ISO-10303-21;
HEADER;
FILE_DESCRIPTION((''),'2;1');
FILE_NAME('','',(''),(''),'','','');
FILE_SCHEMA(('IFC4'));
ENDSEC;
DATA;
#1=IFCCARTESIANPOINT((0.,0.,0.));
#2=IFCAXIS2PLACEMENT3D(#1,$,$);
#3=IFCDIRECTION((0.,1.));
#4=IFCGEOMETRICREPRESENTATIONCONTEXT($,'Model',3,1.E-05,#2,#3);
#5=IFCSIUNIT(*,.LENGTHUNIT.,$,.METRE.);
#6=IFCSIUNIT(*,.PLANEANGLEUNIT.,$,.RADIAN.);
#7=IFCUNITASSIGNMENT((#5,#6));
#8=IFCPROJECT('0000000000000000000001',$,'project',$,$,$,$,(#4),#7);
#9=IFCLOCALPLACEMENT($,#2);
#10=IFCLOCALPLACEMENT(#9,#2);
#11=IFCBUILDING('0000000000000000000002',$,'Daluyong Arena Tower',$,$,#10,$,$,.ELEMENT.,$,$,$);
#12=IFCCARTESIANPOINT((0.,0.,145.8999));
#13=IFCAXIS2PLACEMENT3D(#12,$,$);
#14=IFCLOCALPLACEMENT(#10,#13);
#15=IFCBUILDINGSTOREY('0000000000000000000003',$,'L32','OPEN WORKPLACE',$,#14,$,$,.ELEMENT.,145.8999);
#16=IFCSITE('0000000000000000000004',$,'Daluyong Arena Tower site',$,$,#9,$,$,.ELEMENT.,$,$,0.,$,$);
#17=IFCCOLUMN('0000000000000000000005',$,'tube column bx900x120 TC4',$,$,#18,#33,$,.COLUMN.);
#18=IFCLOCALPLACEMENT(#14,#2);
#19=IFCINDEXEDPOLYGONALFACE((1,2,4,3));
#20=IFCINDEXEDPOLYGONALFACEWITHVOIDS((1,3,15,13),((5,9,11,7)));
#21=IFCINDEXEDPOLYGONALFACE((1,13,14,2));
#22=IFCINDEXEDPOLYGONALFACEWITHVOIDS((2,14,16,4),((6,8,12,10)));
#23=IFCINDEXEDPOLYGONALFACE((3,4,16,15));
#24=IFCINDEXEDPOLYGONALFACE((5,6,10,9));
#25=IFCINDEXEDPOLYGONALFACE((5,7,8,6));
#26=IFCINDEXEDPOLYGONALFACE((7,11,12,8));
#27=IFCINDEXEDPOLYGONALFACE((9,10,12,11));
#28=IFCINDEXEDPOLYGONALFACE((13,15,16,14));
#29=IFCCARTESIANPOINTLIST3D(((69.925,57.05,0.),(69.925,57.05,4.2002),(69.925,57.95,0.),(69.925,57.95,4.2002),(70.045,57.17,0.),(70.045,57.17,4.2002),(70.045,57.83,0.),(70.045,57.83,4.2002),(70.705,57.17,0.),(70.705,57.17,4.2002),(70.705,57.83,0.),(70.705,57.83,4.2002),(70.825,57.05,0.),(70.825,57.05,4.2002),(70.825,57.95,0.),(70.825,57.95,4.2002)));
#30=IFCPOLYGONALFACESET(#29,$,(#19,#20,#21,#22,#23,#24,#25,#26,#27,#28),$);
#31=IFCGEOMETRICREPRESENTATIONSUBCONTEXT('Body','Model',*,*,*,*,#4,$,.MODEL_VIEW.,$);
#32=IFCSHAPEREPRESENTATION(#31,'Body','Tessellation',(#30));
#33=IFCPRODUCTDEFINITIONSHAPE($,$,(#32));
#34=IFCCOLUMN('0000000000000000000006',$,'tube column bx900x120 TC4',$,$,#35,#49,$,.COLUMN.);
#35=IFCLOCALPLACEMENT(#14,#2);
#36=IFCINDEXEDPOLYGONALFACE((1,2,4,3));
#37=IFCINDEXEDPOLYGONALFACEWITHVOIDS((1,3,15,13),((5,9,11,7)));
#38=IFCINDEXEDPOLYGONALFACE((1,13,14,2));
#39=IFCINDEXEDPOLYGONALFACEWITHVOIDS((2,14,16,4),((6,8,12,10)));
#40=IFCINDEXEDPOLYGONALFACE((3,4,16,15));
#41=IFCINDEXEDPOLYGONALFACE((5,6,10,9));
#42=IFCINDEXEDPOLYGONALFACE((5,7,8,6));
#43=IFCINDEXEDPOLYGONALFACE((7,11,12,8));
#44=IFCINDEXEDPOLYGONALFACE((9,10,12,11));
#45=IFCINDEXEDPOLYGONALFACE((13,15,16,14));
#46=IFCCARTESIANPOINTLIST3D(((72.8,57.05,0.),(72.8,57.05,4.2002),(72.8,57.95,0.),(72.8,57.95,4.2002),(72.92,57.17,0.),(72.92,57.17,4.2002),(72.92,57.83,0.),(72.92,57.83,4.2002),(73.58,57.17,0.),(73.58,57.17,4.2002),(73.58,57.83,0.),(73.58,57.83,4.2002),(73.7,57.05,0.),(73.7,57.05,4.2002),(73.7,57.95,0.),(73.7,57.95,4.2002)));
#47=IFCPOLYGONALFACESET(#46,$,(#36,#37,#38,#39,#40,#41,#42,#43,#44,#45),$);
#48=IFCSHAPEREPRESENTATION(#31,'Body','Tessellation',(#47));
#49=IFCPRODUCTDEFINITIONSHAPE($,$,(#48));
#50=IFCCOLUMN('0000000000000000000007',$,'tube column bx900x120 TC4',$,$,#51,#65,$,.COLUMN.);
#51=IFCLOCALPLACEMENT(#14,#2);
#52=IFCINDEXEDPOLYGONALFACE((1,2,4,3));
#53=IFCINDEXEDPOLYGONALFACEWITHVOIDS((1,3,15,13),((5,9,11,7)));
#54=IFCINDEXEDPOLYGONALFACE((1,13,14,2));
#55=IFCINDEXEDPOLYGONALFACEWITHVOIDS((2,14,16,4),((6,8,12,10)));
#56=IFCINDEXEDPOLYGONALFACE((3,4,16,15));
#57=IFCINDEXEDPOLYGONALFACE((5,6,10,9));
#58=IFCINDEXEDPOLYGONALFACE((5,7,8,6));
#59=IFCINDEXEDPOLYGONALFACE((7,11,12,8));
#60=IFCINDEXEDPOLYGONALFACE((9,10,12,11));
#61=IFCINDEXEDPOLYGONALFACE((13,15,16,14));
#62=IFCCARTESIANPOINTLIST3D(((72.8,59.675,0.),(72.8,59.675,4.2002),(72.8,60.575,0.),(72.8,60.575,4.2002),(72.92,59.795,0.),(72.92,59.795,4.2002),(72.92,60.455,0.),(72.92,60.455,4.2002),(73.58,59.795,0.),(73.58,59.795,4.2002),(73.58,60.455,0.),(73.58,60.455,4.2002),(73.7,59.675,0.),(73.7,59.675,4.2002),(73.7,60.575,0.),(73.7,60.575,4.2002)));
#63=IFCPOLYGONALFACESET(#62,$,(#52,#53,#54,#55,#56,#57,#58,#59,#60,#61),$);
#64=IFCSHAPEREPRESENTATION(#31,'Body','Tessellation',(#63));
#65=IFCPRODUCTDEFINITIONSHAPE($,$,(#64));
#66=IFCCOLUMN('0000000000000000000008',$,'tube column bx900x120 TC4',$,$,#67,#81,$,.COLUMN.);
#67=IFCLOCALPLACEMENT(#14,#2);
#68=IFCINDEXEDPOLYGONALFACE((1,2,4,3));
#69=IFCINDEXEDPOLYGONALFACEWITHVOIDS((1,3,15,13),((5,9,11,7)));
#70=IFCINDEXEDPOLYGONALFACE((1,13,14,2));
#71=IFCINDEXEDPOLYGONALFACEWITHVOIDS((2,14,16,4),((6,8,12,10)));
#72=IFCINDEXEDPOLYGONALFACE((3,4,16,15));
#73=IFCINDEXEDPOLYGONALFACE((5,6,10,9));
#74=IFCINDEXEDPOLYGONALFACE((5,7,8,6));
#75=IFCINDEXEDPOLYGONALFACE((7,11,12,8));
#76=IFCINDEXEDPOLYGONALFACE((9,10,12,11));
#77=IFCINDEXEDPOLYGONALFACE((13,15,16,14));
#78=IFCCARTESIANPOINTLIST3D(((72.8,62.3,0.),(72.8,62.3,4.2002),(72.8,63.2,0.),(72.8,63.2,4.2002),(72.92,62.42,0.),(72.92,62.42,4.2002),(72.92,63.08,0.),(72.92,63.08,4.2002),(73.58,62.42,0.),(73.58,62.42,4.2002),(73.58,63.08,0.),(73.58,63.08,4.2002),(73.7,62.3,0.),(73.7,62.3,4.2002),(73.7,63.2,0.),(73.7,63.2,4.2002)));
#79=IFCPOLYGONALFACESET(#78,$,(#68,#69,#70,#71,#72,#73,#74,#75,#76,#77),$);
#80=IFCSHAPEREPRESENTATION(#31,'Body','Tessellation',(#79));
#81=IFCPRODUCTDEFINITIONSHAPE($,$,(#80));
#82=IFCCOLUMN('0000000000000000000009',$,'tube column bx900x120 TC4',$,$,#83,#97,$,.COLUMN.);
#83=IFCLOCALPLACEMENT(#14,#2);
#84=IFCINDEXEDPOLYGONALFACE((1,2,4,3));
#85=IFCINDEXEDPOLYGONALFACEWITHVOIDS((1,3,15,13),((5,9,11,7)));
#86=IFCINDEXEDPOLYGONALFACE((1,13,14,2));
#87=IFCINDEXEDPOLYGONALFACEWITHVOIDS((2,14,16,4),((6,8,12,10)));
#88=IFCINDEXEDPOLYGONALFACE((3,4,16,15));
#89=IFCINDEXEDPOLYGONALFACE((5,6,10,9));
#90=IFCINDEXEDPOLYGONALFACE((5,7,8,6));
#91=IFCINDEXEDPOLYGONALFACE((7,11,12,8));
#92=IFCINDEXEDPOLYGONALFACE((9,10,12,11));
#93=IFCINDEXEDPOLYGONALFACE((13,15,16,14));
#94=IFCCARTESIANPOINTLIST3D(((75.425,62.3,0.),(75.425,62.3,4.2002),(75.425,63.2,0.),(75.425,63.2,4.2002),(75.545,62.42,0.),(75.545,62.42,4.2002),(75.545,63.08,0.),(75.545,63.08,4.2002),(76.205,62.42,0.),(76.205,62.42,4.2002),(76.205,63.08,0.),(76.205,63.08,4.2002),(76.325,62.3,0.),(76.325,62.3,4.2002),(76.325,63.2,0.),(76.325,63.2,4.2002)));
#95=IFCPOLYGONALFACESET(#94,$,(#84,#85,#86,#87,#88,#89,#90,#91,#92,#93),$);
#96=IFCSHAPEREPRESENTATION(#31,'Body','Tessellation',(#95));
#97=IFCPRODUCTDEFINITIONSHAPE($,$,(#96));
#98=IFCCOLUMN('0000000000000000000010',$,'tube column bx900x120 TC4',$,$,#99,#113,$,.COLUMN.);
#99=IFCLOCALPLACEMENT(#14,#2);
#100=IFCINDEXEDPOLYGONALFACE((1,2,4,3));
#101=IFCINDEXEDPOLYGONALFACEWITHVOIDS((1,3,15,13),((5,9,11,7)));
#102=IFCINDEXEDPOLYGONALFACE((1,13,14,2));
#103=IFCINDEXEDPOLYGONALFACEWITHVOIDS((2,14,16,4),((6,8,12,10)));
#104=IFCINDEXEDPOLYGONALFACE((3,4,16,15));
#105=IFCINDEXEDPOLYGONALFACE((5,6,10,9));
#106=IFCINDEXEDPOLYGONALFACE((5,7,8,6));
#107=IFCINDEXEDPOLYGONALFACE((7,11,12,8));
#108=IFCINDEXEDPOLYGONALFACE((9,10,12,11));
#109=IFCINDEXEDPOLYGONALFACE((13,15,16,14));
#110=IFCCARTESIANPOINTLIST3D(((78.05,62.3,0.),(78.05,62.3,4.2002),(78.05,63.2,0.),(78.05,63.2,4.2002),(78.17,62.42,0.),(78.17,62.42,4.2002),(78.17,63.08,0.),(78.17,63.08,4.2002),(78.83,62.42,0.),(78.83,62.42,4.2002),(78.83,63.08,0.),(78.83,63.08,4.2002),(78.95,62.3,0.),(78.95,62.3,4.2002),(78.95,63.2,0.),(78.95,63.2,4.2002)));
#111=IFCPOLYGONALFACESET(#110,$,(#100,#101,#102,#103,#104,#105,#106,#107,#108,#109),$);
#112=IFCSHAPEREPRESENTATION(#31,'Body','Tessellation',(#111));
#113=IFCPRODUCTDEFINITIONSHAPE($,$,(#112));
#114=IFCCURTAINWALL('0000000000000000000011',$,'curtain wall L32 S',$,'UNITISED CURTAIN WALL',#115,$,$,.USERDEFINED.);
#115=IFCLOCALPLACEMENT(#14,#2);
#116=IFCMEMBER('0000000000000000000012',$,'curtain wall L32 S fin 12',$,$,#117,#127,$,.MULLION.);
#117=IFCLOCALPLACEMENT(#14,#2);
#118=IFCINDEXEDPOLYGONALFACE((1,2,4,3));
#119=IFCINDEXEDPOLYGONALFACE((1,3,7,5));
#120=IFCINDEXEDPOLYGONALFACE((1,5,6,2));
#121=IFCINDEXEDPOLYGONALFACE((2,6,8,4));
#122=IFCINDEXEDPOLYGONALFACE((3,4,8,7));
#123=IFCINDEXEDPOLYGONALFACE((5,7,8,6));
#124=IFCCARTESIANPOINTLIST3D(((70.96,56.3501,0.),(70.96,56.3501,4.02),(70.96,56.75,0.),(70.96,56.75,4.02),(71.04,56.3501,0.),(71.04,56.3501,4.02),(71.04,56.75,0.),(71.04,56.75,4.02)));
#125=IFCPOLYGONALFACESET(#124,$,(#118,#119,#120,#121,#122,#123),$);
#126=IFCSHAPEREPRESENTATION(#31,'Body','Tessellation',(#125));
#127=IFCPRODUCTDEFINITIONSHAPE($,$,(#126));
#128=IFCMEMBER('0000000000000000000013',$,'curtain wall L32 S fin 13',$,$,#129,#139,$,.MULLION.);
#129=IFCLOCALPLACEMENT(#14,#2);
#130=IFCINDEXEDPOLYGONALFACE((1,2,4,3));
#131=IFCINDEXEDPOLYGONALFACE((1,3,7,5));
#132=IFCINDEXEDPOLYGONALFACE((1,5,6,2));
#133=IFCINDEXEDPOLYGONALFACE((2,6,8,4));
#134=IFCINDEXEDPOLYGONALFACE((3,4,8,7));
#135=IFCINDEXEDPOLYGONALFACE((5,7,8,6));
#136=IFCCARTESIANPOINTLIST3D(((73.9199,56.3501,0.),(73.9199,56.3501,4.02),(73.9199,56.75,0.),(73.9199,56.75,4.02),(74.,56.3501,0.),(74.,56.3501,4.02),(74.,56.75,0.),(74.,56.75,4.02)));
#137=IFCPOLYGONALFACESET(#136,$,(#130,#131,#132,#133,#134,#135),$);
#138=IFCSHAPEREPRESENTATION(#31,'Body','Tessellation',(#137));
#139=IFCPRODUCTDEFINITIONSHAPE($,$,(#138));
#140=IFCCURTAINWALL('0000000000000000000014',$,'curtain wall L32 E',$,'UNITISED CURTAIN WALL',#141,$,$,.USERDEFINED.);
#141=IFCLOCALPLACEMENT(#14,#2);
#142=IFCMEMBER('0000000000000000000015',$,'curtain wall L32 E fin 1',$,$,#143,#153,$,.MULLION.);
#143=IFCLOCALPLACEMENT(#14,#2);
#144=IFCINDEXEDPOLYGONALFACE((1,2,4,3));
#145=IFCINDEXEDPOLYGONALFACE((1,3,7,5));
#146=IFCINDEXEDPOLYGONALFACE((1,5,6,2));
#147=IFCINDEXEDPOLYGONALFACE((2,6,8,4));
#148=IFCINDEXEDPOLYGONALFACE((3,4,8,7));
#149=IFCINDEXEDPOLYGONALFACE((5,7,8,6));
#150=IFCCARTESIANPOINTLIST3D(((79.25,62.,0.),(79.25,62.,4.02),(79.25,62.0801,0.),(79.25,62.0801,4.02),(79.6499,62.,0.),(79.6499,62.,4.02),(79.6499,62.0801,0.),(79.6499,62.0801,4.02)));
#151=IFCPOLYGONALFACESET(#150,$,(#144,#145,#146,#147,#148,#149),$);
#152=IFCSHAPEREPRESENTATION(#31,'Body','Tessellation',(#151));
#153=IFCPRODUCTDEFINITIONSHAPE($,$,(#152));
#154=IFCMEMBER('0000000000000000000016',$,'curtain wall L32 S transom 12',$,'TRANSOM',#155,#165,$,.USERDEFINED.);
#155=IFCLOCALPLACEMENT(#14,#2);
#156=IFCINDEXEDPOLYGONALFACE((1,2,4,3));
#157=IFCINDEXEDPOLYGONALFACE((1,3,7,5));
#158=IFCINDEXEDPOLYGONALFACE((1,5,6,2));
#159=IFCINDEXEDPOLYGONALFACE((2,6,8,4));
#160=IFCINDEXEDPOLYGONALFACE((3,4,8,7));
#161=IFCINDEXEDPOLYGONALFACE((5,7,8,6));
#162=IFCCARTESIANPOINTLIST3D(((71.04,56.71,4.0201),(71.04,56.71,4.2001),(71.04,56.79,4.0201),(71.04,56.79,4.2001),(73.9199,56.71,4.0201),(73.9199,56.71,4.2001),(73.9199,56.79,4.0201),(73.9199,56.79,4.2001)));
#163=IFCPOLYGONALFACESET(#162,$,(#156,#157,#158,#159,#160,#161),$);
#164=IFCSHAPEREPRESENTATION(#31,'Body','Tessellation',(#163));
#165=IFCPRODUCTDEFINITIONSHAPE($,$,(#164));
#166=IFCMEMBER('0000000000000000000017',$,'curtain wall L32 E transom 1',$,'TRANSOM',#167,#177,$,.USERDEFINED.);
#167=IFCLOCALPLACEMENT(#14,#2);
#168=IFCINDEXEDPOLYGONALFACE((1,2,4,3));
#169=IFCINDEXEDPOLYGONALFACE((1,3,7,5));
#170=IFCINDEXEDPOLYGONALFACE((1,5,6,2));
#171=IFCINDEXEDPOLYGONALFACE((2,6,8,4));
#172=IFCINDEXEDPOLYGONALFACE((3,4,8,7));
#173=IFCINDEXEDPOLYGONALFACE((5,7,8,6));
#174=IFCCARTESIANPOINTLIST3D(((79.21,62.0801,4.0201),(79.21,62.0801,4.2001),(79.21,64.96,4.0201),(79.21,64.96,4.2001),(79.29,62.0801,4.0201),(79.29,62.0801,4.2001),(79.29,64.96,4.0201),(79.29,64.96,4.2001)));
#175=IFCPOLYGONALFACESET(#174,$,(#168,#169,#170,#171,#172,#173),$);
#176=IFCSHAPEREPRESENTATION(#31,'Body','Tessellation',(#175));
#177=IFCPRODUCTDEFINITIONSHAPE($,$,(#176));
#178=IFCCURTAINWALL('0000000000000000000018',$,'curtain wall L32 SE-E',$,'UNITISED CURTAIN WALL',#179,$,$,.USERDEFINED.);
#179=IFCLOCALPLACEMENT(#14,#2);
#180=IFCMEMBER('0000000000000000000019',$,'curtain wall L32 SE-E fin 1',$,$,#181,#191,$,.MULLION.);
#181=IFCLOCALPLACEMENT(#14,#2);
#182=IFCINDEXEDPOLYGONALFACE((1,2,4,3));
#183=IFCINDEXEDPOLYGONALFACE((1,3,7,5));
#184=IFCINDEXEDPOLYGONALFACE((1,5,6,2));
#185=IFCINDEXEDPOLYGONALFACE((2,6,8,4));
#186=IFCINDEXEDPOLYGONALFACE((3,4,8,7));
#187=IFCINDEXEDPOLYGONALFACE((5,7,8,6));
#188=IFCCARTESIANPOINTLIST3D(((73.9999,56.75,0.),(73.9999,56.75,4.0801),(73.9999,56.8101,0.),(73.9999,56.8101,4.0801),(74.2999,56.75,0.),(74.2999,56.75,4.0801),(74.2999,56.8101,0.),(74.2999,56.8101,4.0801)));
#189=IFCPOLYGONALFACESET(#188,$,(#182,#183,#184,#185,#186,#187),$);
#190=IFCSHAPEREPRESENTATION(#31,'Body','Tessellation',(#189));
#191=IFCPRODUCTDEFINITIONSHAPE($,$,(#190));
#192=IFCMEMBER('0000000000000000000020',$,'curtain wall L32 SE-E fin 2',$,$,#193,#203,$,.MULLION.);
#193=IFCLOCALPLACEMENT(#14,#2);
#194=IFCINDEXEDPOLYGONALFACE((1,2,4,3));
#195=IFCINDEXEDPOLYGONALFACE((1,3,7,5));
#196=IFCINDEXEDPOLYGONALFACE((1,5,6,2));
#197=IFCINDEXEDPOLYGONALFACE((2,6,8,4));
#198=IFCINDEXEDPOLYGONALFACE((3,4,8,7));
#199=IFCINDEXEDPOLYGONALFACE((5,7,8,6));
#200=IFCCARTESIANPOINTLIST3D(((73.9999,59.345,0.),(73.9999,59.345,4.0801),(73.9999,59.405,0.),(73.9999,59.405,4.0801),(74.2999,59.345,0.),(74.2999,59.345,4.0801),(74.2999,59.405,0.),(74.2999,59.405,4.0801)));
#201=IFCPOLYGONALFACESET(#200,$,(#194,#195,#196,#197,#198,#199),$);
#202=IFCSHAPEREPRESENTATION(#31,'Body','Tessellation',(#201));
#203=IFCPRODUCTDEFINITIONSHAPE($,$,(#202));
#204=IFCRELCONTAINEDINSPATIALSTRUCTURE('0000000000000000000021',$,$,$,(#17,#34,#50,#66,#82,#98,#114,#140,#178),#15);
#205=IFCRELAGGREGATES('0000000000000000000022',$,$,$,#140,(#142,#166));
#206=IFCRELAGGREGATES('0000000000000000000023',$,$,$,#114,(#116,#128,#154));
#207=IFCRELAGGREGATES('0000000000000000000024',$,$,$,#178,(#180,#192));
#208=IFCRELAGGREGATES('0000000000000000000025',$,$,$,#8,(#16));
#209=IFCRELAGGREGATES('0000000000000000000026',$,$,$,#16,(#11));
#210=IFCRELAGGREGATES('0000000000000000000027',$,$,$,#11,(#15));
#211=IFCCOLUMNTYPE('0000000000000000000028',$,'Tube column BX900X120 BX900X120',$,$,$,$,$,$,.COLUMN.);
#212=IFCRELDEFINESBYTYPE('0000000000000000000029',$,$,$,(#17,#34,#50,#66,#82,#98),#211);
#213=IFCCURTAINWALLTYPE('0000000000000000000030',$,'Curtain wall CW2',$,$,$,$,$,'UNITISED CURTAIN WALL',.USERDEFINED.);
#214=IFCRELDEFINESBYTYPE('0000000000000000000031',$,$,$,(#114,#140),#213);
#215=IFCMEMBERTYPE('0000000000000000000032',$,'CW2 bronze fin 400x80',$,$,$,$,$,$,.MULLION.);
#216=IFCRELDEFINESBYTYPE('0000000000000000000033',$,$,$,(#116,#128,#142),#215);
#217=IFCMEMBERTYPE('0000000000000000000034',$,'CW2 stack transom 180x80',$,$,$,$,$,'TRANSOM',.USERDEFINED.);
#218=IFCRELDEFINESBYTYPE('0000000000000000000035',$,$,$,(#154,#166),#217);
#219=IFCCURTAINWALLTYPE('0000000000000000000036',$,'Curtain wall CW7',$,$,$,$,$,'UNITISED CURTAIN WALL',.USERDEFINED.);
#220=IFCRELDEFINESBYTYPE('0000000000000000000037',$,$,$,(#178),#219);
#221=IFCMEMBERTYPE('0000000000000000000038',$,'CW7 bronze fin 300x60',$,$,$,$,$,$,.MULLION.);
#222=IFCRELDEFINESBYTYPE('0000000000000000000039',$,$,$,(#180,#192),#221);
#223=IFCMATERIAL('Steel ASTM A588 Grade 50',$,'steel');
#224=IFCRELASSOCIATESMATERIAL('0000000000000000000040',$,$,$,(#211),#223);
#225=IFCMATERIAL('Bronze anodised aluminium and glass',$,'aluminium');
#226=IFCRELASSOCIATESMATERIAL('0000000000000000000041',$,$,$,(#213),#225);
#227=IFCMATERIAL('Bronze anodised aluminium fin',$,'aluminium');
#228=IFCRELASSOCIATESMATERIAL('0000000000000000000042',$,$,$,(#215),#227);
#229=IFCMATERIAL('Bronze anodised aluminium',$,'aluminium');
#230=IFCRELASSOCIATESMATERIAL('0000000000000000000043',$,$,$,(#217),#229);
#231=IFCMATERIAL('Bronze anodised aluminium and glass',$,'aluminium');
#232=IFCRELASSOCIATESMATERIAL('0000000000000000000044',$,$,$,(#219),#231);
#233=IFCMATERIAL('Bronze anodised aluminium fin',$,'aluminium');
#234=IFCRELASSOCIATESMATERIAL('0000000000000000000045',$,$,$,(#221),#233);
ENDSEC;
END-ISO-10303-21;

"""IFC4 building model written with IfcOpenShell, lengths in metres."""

from ifc_helpers import new_model, si_unit, direction, frame, origin, origin_2d, place, context, subcontext, project, spatial, rectangle, hollow_rectangle, extrude, material, material_profile, profile_set, type_object, element, aggregate, save


model = new_model("IFC4")

# Units and contexts
model_context = context("Model", 3, precision=1e-05, world=origin(), true_north=direction((0.0, 1.0)))
body_context = subcontext(model_context, "Body", "Model", "MODEL_VIEW")
ifc_project = project(units=[si_unit("LENGTHUNIT", "METRE"), si_unit("PLANEANGLEUNIT", "RADIAN")], contexts=[model_context])

# Site, building, storey
site_placement = place(None, origin())
site = spatial("IfcSite", under=ifc_project, at=site_placement, Name="Daluyong Arena Tower site", CompositionType="ELEMENT", RefElevation=0.0)
building_placement = place(site_placement, origin())
building = spatial("IfcBuilding", under=site, at=building_placement, Name="Daluyong Arena Tower", CompositionType="ELEMENT")
storey_placement = place(building_placement, frame((0.0, 0.0, 145.8999)))
storey = spatial("IfcBuildingStorey", under=building, at=storey_placement, Name="L32", Description="OPEN WORKPLACE", CompositionType="ELEMENT", Elevation=145.8999)

# Columns
ifc_material_1 = material(Name="Steel ASTM A588 Grade 50", Category="steel")
ifc_material_profile_1 = material_profile(ifc_material_1, hollow_rectangle(XDim=0.8999, YDim=0.8999, WallThickness=0.12, at=origin_2d()))
ifc_profile_set_1 = profile_set([ifc_material_profile_1], Name="Steel ASTM A588 Grade 50")
column_type = type_object("IfcColumnType", Name="Tube column BX900X120 BX900X120", PredefinedType="COLUMN", material=ifc_profile_set_1)
for number, where, z_axis, x_axis, name in (
    (1, (70.375, 57.5, 0.0), (0.0, 0.0, 1.0), (1.0, 0.0, 0.0), "tube column bx900x120 TC4"),
    (2, (73.25, 57.5, 0.0), (0.0, 0.0, 1.0), (0.0, 1.0, 0.0), "tube column bx900x120 TC4"),
    (3, (73.25, 60.125, 0.0), (0.0, 0.0, 1.0), (0.0, 1.0, 0.0), "tube column bx900x120 TC4"),
    (4, (73.25, 62.75, 0.0), (0.0, 0.0, 1.0), (1.0, 0.0, 0.0), "tube column bx900x120 TC4"),
    (5, (75.875, 62.75, 0.0), (0.0, 0.0, 1.0), (1.0, 0.0, 0.0), "tube column bx900x120 TC4"),
    (6, (78.5, 62.75, 0.0), (0.0, 0.0, 1.0), (0.0, 1.0, 0.0), "tube column bx900x120 TC4"),
):
    element("IfcColumn", number, at=place(storey_placement, frame(where, z_axis=z_axis, x_axis=x_axis)), inside=storey, type_object=column_type, Name=name, PredefinedType="COLUMN", context=body_context, shape_type="SweptSolid", body=[
        extrude(hollow_rectangle(XDim=0.8999, YDim=0.8999, WallThickness=0.12, at=origin_2d()), origin(), (0.0, 0.0, 1.0), 4.2002),
    ])

# Curtain wall, members
ifc_material_2 = material(Name="Bronze anodised aluminium and glass", Category="aluminium")
curtain_wall_type_1 = type_object("IfcCurtainWallType", Name="Curtain wall CW2", ElementType="UNITISED CURTAIN WALL", PredefinedType="USERDEFINED", material=ifc_material_2)
curtain_wall_1_placement = place(storey_placement, origin())
curtain_wall_1 = element("IfcCurtainWall", 7, at=curtain_wall_1_placement, inside=storey, type_object=curtain_wall_type_1, Name="curtain wall L32 S", ObjectType="UNITISED CURTAIN WALL", PredefinedType="USERDEFINED")
ifc_material_3 = material(Name="Bronze anodised aluminium fin", Category="aluminium")
ifc_material_profile_2 = material_profile(ifc_material_3, rectangle(XDim=0.3999, YDim=0.0801, at=origin_2d()))
ifc_profile_set_2 = profile_set([ifc_material_profile_2], Name="Bronze anodised aluminium fin")
member_type_1 = type_object("IfcMemberType", Name="CW2 bronze fin 400x80", PredefinedType="MULLION", material=ifc_profile_set_2)
member_1_placement = place(storey_placement, frame((71.0, 56.55, 0.0), z_axis=(0.0, 0.0, 1.0), x_axis=(0.0, 1.0, 0.0)))
member_1 = element("IfcMember", 8, at=member_1_placement, type_object=member_type_1, Name="curtain wall L32 S fin 12", PredefinedType="MULLION", context=body_context, shape_type="SweptSolid", body=[
    extrude(rectangle(XDim=0.3999, YDim=0.0801, at=origin_2d()), origin(), (0.0, 0.0, 1.0), 4.02),
])
member_2_placement = place(storey_placement, frame((73.96, 56.55, 0.0), z_axis=(0.0, 0.0, 1.0), x_axis=(0.0, 1.0, 0.0)))
member_2 = element("IfcMember", 9, at=member_2_placement, type_object=member_type_1, Name="curtain wall L32 S fin 13", PredefinedType="MULLION", context=body_context, shape_type="SweptSolid", body=[
    extrude(rectangle(XDim=0.3999, YDim=0.0801, at=origin_2d()), origin(), (0.0, 0.0, 1.0), 4.02),
])

# Curtain wall, member
curtain_wall_2_placement = place(storey_placement, origin())
curtain_wall_2 = element("IfcCurtainWall", 10, at=curtain_wall_2_placement, inside=storey, type_object=curtain_wall_type_1, Name="curtain wall L32 E", ObjectType="UNITISED CURTAIN WALL", PredefinedType="USERDEFINED")
member_3_placement = place(storey_placement, frame((79.45, 62.04, 0.0), z_axis=(0.0, 0.0, 1.0), x_axis=(-1.0, 0.0, 0.0)))
member_3 = element("IfcMember", 11, at=member_3_placement, type_object=member_type_1, Name="curtain wall L32 E fin 1", PredefinedType="MULLION", context=body_context, shape_type="SweptSolid", body=[
    extrude(rectangle(XDim=0.3999, YDim=0.0801, at=origin_2d()), origin(), (0.0, 0.0, 1.0), 4.02),
])

# Members
ifc_material_4 = material(Name="Bronze anodised aluminium", Category="aluminium")
ifc_material_profile_3 = material_profile(ifc_material_4, rectangle(XDim=0.0801, YDim=0.1799, at=origin_2d()))
ifc_profile_set_3 = profile_set([ifc_material_profile_3], Name="Bronze anodised aluminium")
member_type_2 = type_object("IfcMemberType", Name="CW2 stack transom 180x80", ElementType="TRANSOM", PredefinedType="USERDEFINED", material=ifc_profile_set_3)
member_4_placement = place(storey_placement, frame((71.04, 56.75, 4.1101), z_axis=(1.0, 0.0, 0.0), x_axis=(0.0, 1.0, 0.0)))
member_4 = element("IfcMember", 12, at=member_4_placement, type_object=member_type_2, Name="curtain wall L32 S transom 12", ObjectType="TRANSOM", PredefinedType="USERDEFINED", context=body_context, shape_type="SweptSolid", body=[
    extrude(rectangle(XDim=0.0801, YDim=0.1799, at=origin_2d()), origin(), (0.0, 0.0, 1.0), 2.8799),
])
member_5_placement = place(storey_placement, frame((79.25, 62.0801, 4.1101), z_axis=(0.0, 1.0, 0.0), x_axis=(-1.0, 0.0, 0.0)))
member_5 = element("IfcMember", 13, at=member_5_placement, type_object=member_type_2, Name="curtain wall L32 E transom 1", ObjectType="TRANSOM", PredefinedType="USERDEFINED", context=body_context, shape_type="SweptSolid", body=[
    extrude(rectangle(XDim=0.0801, YDim=0.1799, at=origin_2d()), origin(), (0.0, 0.0, 1.0), 2.8799),
])
aggregate(curtain_wall_2, [member_3, member_5])

# Curtain wall, members
ifc_material_5 = material(Name="Bronze anodised aluminium and glass", Category="aluminium")
curtain_wall_type_2 = type_object("IfcCurtainWallType", Name="Curtain wall CW7", ElementType="UNITISED CURTAIN WALL", PredefinedType="USERDEFINED", material=ifc_material_5)
curtain_wall_3_placement = place(storey_placement, origin())
curtain_wall_3 = element("IfcCurtainWall", 14, at=curtain_wall_3_placement, inside=storey, type_object=curtain_wall_type_2, Name="curtain wall L32 SE-E", ObjectType="UNITISED CURTAIN WALL", PredefinedType="USERDEFINED")
ifc_material_6 = material(Name="Bronze anodised aluminium fin", Category="aluminium")
ifc_material_profile_4 = material_profile(ifc_material_6, rectangle(XDim=0.3, YDim=0.0601, at=origin_2d()))
ifc_profile_set_4 = profile_set([ifc_material_profile_4], Name="Bronze anodised aluminium fin")
member_type_3 = type_object("IfcMemberType", Name="CW7 bronze fin 300x60", PredefinedType="MULLION", material=ifc_profile_set_4)
member_6_placement = place(storey_placement, frame((74.1499, 56.78, 0.0), z_axis=(0.0, 0.0, 1.0), x_axis=(-1.0, 0.0, 0.0)))
member_6 = element("IfcMember", 15, at=member_6_placement, type_object=member_type_3, Name="curtain wall L32 SE-E fin 1", PredefinedType="MULLION", context=body_context, shape_type="SweptSolid", body=[
    extrude(rectangle(XDim=0.3, YDim=0.0601, at=origin_2d()), origin(), (0.0, 0.0, 1.0), 4.0801),
])
member_7_placement = place(storey_placement, frame((74.1499, 59.375, 0.0), z_axis=(0.0, 0.0, 1.0), x_axis=(-1.0, 0.0, 0.0)))
member_7 = element("IfcMember", 16, at=member_7_placement, type_object=member_type_3, Name="curtain wall L32 SE-E fin 2", PredefinedType="MULLION", context=body_context, shape_type="SweptSolid", body=[
    extrude(rectangle(XDim=0.3, YDim=0.0601, at=origin_2d()), origin(), (0.0, 0.0, 1.0), 4.0801),
])

aggregate(curtain_wall_1, [member_1, member_2, member_4])
aggregate(curtain_wall_3, [member_6, member_7])

save(model, "model.ifc")
